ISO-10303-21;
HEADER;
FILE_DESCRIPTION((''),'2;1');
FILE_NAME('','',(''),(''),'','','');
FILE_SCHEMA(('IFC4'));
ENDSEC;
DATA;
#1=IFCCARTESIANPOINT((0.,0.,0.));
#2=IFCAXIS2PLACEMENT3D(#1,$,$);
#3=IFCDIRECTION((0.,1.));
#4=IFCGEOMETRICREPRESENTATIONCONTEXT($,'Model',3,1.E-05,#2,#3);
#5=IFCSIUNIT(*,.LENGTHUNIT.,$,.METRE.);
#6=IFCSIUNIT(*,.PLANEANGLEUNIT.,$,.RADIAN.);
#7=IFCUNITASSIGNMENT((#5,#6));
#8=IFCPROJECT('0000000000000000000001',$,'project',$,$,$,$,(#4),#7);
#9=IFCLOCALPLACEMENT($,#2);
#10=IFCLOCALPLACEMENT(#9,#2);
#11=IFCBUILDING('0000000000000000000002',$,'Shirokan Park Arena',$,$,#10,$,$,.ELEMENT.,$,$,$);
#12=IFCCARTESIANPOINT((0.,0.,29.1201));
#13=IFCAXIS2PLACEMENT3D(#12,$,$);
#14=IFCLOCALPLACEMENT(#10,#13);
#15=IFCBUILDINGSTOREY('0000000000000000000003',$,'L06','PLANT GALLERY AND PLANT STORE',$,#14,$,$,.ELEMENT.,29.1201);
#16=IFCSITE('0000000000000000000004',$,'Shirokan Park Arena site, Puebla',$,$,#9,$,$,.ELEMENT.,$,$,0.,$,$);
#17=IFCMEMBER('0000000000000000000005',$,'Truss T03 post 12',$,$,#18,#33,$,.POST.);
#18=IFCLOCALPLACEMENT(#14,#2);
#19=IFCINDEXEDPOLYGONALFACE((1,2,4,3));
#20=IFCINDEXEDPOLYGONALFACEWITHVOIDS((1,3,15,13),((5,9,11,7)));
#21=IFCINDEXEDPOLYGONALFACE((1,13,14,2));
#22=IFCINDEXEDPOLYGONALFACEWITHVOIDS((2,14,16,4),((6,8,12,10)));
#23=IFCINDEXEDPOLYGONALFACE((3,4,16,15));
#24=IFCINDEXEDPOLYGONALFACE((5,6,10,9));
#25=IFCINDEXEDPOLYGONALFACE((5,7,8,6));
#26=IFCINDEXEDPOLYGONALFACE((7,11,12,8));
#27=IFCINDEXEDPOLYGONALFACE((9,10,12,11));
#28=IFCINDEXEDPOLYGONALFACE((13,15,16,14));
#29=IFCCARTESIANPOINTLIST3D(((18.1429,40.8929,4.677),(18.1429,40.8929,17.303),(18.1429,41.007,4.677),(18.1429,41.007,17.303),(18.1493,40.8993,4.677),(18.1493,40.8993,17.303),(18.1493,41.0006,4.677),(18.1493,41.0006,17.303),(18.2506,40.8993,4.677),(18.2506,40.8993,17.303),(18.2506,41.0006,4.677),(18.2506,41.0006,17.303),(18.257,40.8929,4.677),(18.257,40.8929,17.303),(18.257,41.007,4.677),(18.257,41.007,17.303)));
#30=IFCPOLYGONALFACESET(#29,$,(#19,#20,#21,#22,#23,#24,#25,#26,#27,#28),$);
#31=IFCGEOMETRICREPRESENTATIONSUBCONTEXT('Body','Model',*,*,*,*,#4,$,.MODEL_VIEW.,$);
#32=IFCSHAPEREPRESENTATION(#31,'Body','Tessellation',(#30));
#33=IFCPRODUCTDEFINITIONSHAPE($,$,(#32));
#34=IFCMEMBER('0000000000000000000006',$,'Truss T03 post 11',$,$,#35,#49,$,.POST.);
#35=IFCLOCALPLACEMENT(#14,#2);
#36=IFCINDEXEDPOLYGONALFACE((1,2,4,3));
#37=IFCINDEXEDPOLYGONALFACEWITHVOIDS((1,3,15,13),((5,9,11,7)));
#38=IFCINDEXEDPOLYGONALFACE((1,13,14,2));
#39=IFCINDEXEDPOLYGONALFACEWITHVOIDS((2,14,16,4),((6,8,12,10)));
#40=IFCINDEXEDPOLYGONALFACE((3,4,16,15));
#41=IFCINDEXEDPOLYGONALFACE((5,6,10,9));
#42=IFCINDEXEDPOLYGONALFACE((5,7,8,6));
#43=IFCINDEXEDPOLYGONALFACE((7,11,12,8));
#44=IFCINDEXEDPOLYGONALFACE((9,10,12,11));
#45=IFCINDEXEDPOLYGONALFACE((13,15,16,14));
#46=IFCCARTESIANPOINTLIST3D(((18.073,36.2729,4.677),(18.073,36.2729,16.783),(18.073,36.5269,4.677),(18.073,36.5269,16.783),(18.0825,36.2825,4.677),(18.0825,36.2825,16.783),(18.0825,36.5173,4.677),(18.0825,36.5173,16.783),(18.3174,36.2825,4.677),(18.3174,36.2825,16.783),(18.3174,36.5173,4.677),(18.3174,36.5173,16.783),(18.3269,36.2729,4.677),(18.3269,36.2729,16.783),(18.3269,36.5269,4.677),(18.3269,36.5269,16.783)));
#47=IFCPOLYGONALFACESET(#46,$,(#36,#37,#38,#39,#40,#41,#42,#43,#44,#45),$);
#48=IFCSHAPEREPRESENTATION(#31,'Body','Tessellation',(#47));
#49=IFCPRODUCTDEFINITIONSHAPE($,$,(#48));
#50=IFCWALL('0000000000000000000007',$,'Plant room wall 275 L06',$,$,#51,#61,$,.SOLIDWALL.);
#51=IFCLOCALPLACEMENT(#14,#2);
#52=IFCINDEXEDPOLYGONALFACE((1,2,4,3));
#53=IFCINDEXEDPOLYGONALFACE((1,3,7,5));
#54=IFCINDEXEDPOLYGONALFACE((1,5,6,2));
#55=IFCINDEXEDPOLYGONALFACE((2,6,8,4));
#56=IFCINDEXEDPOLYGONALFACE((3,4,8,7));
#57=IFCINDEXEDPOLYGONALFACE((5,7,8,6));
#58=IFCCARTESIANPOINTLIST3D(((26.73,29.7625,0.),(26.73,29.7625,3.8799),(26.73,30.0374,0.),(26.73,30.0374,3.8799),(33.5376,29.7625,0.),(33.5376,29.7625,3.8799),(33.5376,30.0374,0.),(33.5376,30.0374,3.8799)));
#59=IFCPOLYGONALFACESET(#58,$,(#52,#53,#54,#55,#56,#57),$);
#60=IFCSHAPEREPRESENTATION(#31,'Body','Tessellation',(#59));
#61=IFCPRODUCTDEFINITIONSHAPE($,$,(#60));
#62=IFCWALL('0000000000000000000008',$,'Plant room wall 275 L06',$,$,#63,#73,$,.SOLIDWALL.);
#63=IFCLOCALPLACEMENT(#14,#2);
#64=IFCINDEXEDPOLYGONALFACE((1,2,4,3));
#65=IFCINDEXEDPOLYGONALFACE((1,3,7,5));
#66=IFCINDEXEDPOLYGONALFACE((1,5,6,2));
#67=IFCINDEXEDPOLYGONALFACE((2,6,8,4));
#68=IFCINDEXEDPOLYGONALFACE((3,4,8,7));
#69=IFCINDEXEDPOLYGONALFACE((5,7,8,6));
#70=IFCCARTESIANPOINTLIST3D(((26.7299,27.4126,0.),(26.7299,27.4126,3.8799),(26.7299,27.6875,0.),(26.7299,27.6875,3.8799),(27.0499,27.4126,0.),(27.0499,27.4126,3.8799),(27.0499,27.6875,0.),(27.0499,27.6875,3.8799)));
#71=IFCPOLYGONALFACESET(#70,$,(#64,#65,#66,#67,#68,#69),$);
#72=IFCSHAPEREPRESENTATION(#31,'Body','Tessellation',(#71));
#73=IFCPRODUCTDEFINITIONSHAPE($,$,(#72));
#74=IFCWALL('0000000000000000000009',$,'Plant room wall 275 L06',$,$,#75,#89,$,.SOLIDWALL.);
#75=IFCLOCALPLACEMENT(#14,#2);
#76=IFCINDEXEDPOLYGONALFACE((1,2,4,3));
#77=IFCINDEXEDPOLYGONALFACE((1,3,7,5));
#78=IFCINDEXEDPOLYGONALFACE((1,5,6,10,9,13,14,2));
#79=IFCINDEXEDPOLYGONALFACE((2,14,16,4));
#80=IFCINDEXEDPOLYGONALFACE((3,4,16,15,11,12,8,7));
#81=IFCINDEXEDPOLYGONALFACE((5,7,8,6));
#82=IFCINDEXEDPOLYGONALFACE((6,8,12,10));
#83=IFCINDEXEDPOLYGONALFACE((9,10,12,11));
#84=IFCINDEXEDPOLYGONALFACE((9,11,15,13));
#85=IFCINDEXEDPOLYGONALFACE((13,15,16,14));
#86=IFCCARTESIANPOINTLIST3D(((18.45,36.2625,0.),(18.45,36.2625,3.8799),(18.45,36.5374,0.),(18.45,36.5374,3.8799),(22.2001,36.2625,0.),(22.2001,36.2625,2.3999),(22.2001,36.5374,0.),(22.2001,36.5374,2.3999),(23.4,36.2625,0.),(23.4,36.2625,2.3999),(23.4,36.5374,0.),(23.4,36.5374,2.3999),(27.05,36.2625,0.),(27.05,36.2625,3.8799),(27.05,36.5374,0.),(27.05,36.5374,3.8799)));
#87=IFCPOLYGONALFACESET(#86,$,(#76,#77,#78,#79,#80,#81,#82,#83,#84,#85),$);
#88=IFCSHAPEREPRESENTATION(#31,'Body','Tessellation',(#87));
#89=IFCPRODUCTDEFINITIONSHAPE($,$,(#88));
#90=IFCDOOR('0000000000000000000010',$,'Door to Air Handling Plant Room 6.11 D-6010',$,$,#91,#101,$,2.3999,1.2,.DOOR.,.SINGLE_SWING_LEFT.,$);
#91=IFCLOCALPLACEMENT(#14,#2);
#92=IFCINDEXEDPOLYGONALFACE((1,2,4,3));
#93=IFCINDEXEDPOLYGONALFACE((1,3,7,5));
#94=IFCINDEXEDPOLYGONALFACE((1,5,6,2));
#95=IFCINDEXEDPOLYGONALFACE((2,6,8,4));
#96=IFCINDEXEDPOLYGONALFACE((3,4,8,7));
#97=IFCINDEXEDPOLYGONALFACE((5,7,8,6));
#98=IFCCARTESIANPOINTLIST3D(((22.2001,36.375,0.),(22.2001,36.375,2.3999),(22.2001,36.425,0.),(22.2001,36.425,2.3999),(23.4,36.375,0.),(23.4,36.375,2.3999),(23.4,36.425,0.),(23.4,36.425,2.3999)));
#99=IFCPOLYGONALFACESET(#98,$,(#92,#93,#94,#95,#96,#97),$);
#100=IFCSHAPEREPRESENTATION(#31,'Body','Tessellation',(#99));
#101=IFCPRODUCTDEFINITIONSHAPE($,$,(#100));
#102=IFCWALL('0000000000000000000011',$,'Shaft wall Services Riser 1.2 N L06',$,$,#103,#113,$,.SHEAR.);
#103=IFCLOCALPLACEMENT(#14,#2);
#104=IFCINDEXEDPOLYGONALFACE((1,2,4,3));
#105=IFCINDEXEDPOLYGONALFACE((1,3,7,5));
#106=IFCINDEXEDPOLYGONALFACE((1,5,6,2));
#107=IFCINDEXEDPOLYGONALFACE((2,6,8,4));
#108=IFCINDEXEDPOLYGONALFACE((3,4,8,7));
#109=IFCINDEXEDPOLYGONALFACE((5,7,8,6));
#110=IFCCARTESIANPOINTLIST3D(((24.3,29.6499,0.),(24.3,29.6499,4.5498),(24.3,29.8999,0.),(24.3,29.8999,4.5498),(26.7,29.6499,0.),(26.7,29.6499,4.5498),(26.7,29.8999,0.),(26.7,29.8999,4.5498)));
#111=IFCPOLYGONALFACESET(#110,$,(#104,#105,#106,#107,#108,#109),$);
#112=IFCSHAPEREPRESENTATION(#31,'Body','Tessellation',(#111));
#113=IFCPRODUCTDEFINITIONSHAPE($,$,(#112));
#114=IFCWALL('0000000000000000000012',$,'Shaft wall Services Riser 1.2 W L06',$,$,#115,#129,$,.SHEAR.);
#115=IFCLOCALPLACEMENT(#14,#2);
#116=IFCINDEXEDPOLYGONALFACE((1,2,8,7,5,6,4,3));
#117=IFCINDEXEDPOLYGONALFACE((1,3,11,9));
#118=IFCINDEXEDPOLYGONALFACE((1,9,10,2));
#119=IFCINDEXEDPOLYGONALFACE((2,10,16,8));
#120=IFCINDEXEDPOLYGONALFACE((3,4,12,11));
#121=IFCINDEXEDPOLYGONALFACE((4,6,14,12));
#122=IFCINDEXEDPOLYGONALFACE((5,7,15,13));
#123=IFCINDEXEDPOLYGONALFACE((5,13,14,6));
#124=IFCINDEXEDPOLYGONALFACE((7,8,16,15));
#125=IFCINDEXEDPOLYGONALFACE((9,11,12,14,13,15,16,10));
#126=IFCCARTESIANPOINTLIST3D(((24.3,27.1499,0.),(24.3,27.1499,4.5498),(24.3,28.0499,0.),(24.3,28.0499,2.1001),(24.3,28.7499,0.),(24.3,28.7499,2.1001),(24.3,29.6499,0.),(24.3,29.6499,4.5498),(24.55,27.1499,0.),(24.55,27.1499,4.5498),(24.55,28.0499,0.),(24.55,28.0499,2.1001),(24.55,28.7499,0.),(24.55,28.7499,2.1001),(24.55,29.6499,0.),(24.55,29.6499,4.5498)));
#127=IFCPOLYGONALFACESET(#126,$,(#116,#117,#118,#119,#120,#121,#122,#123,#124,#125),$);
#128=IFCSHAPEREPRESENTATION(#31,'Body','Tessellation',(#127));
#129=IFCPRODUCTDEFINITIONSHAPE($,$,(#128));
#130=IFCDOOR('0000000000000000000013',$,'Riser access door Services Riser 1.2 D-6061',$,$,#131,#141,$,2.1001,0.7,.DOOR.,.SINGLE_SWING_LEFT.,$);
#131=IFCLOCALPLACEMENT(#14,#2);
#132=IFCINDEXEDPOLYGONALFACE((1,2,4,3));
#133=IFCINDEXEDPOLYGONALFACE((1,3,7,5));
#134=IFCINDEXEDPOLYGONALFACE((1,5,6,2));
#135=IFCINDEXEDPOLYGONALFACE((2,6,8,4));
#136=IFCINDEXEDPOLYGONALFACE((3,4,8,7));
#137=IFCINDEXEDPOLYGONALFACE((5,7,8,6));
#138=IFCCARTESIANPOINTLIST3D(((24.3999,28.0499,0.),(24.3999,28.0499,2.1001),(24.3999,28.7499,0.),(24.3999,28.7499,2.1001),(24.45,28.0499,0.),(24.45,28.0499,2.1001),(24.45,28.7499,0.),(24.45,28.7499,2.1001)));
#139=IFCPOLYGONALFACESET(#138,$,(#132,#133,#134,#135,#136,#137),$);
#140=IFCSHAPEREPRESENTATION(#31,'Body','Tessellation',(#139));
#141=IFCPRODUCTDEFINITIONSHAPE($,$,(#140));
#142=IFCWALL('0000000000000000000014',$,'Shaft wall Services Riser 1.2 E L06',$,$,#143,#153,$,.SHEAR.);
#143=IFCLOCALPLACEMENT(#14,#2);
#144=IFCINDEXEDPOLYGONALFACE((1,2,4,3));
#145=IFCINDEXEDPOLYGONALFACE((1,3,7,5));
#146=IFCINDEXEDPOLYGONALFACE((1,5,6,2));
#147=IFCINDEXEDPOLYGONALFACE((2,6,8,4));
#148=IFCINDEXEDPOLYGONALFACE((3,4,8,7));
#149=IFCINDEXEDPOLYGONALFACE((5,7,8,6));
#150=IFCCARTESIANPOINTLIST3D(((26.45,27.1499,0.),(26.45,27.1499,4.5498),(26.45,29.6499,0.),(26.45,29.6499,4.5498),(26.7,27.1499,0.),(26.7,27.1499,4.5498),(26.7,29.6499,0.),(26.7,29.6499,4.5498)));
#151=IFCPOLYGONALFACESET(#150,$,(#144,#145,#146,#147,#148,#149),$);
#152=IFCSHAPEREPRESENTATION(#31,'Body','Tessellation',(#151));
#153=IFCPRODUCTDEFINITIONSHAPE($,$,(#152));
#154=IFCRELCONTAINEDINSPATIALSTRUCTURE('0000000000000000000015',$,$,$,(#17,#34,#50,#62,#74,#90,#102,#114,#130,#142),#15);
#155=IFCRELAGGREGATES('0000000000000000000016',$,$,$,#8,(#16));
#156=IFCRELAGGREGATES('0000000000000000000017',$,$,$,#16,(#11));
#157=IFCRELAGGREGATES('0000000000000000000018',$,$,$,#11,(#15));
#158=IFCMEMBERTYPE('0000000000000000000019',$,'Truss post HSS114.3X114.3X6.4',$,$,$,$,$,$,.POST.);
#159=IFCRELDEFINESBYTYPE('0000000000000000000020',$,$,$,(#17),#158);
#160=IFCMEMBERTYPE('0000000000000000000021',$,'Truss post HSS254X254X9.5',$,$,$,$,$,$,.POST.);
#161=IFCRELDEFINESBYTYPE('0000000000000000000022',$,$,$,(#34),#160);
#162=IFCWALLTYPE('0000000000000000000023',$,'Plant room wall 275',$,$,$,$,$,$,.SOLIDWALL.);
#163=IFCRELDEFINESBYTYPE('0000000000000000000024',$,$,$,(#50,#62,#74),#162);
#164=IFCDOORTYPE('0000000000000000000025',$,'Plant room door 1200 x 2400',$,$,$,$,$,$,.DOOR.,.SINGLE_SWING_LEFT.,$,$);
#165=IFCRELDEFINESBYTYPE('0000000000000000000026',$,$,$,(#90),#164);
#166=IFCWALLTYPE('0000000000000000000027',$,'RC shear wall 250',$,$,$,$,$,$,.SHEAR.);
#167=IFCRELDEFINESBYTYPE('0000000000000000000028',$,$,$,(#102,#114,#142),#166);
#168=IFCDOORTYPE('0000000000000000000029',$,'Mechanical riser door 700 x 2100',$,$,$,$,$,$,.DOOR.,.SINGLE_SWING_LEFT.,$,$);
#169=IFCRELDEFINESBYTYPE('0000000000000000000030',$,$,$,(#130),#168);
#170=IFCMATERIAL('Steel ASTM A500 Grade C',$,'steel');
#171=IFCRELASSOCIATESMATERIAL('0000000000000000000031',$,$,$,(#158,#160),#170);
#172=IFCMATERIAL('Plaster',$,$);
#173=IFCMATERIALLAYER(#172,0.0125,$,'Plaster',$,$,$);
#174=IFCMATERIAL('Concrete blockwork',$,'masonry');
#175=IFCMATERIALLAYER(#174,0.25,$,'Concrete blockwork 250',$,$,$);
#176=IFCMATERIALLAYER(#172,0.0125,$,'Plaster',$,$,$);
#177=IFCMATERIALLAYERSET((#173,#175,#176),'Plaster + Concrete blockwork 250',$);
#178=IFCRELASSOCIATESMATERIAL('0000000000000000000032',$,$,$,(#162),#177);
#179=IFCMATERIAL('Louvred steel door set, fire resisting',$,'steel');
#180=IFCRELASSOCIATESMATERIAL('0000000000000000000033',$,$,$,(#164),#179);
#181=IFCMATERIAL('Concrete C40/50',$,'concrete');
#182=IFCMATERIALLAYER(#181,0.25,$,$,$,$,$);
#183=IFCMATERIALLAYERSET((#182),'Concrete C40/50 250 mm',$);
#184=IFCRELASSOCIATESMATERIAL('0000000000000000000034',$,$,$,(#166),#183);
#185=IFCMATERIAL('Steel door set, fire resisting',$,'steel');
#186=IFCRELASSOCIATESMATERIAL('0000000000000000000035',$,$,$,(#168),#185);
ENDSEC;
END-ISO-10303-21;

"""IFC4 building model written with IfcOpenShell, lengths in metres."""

from ifc_helpers import new_model, si_unit, direction, frame, frame_2d, origin, origin_2d, place, context, subcontext, project, spatial, rectangle, hollow_rectangle, extrude, material, layer, layer_set, material_profile, profile_set, type_object, element, fill, save


model = new_model("IFC4")

# Units and contexts
model_context = context("Model", 3, precision=1e-05, world=origin(), true_north=direction((0.0, 1.0)))
body_context = subcontext(model_context, "Body", "Model", "MODEL_VIEW")
ifc_project = project(units=[si_unit("LENGTHUNIT", "METRE"), si_unit("PLANEANGLEUNIT", "RADIAN")], contexts=[model_context])

# Site, building, storey
site_placement = place(None, origin())
site = spatial("IfcSite", under=ifc_project, at=site_placement, Name="Shirokan Park Arena site, Puebla", CompositionType="ELEMENT", RefElevation=0.0)
building_placement = place(site_placement, origin())
building = spatial("IfcBuilding", under=site, at=building_placement, Name="Shirokan Park Arena", CompositionType="ELEMENT")
storey_placement = place(building_placement, frame((0.0, 0.0, 29.1201)))
storey = spatial("IfcBuildingStorey", under=building, at=storey_placement, Name="L06", Description="PLANT GALLERY AND PLANT STORE", CompositionType="ELEMENT", Elevation=29.1201)

# Shared definitions
ifc_material_1 = material(Name="Steel ASTM A500 Grade C", Category="steel")

# Members
ifc_material_profile_1 = material_profile(ifc_material_1, hollow_rectangle(XDim=0.114, YDim=0.114, WallThickness=0.0063, at=origin_2d()), Name="HSS114.3X114.3X6.4")
ifc_profile_set_1 = profile_set([ifc_material_profile_1], Name="Steel ASTM A500 Grade C")
member_type_1 = type_object("IfcMemberType", Name="Truss post HSS114.3X114.3X6.4", PredefinedType="POST", material=ifc_profile_set_1)
member_1_placement = place(storey_placement, frame((18.2, 40.95, 4.677), z_axis=(0.0, 0.0, 1.0), x_axis=(1.0, 0.0, 0.0)))
element("IfcMember", 1, at=member_1_placement, inside=storey, type_object=member_type_1, Name="Truss T03 post 12", PredefinedType="POST", context=body_context, shape_type="SweptSolid", body=[
    extrude(hollow_rectangle(XDim=0.114, YDim=0.114, WallThickness=0.0063, at=origin_2d()), origin(), (0.0, 0.0, 1.0), 12.626),
])
ifc_material_profile_2 = material_profile(ifc_material_1, hollow_rectangle(XDim=0.2539, YDim=0.2539, WallThickness=0.0095, at=origin_2d()), Name="HSS254X254X9.5")
ifc_profile_set_2 = profile_set([ifc_material_profile_2], Name="Steel ASTM A500 Grade C")
member_type_2 = type_object("IfcMemberType", Name="Truss post HSS254X254X9.5", PredefinedType="POST", material=ifc_profile_set_2)
member_2_placement = place(storey_placement, frame((18.2, 36.3999, 4.677), z_axis=(0.0, 0.0, 1.0), x_axis=(1.0, 0.0, 0.0)))
element("IfcMember", 2, at=member_2_placement, inside=storey, type_object=member_type_2, Name="Truss T03 post 11", PredefinedType="POST", context=body_context, shape_type="SweptSolid", body=[
    extrude(hollow_rectangle(XDim=0.2539, YDim=0.2539, WallThickness=0.0095, at=origin_2d()), origin(), (0.0, 0.0, 1.0), 12.106),
])

# Walls
ifc_material_2 = material(Name="Plaster")
ifc_layer_1 = layer(ifc_material_2, 0.0125, Name="Plaster")
ifc_material_3 = material(Name="Concrete blockwork", Category="masonry")
ifc_layer_2 = layer(ifc_material_3, 0.25, Name="Concrete blockwork 250")
ifc_layer_3 = layer(ifc_material_2, 0.0125, Name="Plaster")
ifc_layer_set_1 = layer_set([ifc_layer_1, ifc_layer_2, ifc_layer_3], Name="Plaster + Concrete blockwork 250")
wall_type_1 = type_object("IfcWallType", Name="Plant room wall 275", PredefinedType="SOLIDWALL", material=ifc_layer_set_1)
wall_1_placement = place(storey_placement, frame((26.73, 29.8999, 0.0), z_axis=(0.0, 0.0, 1.0), x_axis=(1.0, 0.0, 0.0)))
element("IfcWall", 3, at=wall_1_placement, inside=storey, type_object=wall_type_1, Name="Plant room wall 275 L06", PredefinedType="SOLIDWALL", context=body_context, shape_type="SweptSolid", body=[
    extrude(rectangle(XDim=6.8076, YDim=0.2749, at=frame_2d((3.4038, 0.0))), origin(), (0.0, 0.0, 1.0), 3.8799),
])
wall_2_placement = place(storey_placement, frame((27.05, 27.55, 0.0), z_axis=(0.0, 0.0, 1.0), x_axis=(-1.0, 0.0, 0.0)))
element("IfcWall", 4, at=wall_2_placement, inside=storey, type_object=wall_type_1, Name="Plant room wall 275 L06", PredefinedType="SOLIDWALL", context=body_context, shape_type="SweptSolid", body=[
    extrude(rectangle(XDim=0.3201, YDim=0.2749, at=frame_2d((0.1602, 0.0))), origin(), (0.0, 0.0, 1.0), 3.8799),
])

# Wall, opening, door
wall_3_placement = place(storey_placement, frame((27.05, 36.3999, 0.0), z_axis=(0.0, 0.0, 1.0), x_axis=(-1.0, 0.0, 0.0)))
wall_3 = element("IfcWall", 5, at=wall_3_placement, inside=storey, type_object=wall_type_1, Name="Plant room wall 275 L06", PredefinedType="SOLIDWALL", context=body_context, shape_type="SweptSolid", body=[
    extrude(rectangle(XDim=8.6001, YDim=0.2749, at=frame_2d((4.3, 0.0))), origin(), (0.0, 0.0, 1.0), 3.8799),
])
opening_1_placement = place(wall_3_placement, frame((3.6499, 0.0, 0.0)))
opening_1 = element("IfcOpeningElement", 6, at=opening_1_placement, cuts=wall_3, PredefinedType="OPENING", context=body_context, shape_type="SweptSolid", body=[
    extrude(rectangle(XDim=1.2, YDim=2.3999, at=frame_2d((0.6001, 1.2))), frame((0.0, 0.1475, 0.0), z_axis=(0.0, -1.0, 0.0), x_axis=(1.0, 0.0, 0.0)), (0.0, 0.0, 1.0), 0.2949),
])
ifc_material_4 = material(Name="Louvred steel door set, fire resisting", Category="steel")
door_type_1 = type_object("IfcDoorType", Name="Plant room door 1200 x 2400", OperationType="SINGLE_SWING_LEFT", PredefinedType="DOOR", material=ifc_material_4)
door_1_placement = place(opening_1_placement, origin())
door_1 = element("IfcDoor", 7, at=door_1_placement, inside=storey, type_object=door_type_1, Name="Door to Air Handling Plant Room 6.11 D-6010", OperationType="SINGLE_SWING_LEFT", OverallHeight=2.3999, OverallWidth=1.2, PredefinedType="DOOR", context=body_context, shape_type="SweptSolid", body=[
    extrude(rectangle(XDim=1.2, YDim=2.3999, at=frame_2d((0.6001, 1.2))), frame((0.0, 0.0249, 0.0), z_axis=(0.0, -1.0, 0.0), x_axis=(1.0, 0.0, 0.0)), (0.0, 0.0, 1.0), 0.05),
])
fill(opening_1, door_1)

# Wall
ifc_material_5 = material(Name="Concrete C40/50", Category="concrete")
ifc_layer_4 = layer(ifc_material_5, 0.25)
ifc_layer_set_2 = layer_set([ifc_layer_4], Name="Concrete C40/50 250 mm")
wall_type_2 = type_object("IfcWallType", Name="RC shear wall 250", PredefinedType="SHEAR", material=ifc_layer_set_2)
wall_4_placement = place(storey_placement, frame((26.7, 29.7749, 0.0), z_axis=(0.0, 0.0, 1.0), x_axis=(-1.0, 0.0, 0.0)))
element("IfcWall", 8, at=wall_4_placement, inside=storey, type_object=wall_type_2, Name="Shaft wall Services Riser 1.2 N L06", PredefinedType="SHEAR", context=body_context, shape_type="SweptSolid", body=[
    extrude(rectangle(XDim=2.3999, YDim=0.25, at=frame_2d((1.2, 0.0))), origin(), (0.0, 0.0, 1.0), 4.5498),
])

# Wall, opening, door
wall_5_placement = place(storey_placement, frame((24.425, 29.6499, 0.0), z_axis=(0.0, 0.0, 1.0), x_axis=(0.0, -1.0, 0.0)))
wall_5 = element("IfcWall", 9, at=wall_5_placement, inside=storey, type_object=wall_type_2, Name="Shaft wall Services Riser 1.2 W L06", PredefinedType="SHEAR", context=body_context, shape_type="SweptSolid", body=[
    extrude(rectangle(XDim=2.5, YDim=0.25, at=frame_2d((1.25, 0.0))), origin(), (0.0, 0.0, 1.0), 4.5498),
])
opening_2_placement = place(wall_5_placement, frame((0.8999, 0.0, 0.0)))
opening_2 = element("IfcOpeningElement", 10, at=opening_2_placement, cuts=wall_5, PredefinedType="OPENING", context=body_context, shape_type="SweptSolid", body=[
    extrude(rectangle(XDim=0.7, YDim=2.1001, at=frame_2d((0.3501, 1.05))), frame((0.0, 0.135, 0.0), z_axis=(0.0, -1.0, 0.0), x_axis=(1.0, 0.0, 0.0)), (0.0, 0.0, 1.0), 0.27),
])
ifc_material_6 = material(Name="Steel door set, fire resisting", Category="steel")
door_type_2 = type_object("IfcDoorType", Name="Mechanical riser door 700 x 2100", OperationType="SINGLE_SWING_LEFT", PredefinedType="DOOR", material=ifc_material_6)
door_2_placement = place(opening_2_placement, origin())
door_2 = element("IfcDoor", 11, at=door_2_placement, inside=storey, type_object=door_type_2, Name="Riser access door Services Riser 1.2 D-6061", OperationType="SINGLE_SWING_LEFT", OverallHeight=2.1001, OverallWidth=0.7, PredefinedType="DOOR", context=body_context, shape_type="SweptSolid", body=[
    extrude(rectangle(XDim=0.7, YDim=2.1001, at=frame_2d((0.3501, 1.05))), frame((0.0, 0.0249, 0.0), z_axis=(0.0, -1.0, 0.0), x_axis=(1.0, 0.0, 0.0)), (0.0, 0.0, 1.0), 0.05),
])
fill(opening_2, door_2)

# Wall
wall_6_placement = place(storey_placement, frame((26.575, 29.6499, 0.0), z_axis=(0.0, 0.0, 1.0), x_axis=(0.0, -1.0, 0.0)))
element("IfcWall", 12, at=wall_6_placement, inside=storey, type_object=wall_type_2, Name="Shaft wall Services Riser 1.2 E L06", PredefinedType="SHEAR", context=body_context, shape_type="SweptSolid", body=[
    extrude(rectangle(XDim=2.5, YDim=0.25, at=frame_2d((1.25, 0.0))), origin(), (0.0, 0.0, 1.0), 4.5498),
])

save(model, "model.ifc")
